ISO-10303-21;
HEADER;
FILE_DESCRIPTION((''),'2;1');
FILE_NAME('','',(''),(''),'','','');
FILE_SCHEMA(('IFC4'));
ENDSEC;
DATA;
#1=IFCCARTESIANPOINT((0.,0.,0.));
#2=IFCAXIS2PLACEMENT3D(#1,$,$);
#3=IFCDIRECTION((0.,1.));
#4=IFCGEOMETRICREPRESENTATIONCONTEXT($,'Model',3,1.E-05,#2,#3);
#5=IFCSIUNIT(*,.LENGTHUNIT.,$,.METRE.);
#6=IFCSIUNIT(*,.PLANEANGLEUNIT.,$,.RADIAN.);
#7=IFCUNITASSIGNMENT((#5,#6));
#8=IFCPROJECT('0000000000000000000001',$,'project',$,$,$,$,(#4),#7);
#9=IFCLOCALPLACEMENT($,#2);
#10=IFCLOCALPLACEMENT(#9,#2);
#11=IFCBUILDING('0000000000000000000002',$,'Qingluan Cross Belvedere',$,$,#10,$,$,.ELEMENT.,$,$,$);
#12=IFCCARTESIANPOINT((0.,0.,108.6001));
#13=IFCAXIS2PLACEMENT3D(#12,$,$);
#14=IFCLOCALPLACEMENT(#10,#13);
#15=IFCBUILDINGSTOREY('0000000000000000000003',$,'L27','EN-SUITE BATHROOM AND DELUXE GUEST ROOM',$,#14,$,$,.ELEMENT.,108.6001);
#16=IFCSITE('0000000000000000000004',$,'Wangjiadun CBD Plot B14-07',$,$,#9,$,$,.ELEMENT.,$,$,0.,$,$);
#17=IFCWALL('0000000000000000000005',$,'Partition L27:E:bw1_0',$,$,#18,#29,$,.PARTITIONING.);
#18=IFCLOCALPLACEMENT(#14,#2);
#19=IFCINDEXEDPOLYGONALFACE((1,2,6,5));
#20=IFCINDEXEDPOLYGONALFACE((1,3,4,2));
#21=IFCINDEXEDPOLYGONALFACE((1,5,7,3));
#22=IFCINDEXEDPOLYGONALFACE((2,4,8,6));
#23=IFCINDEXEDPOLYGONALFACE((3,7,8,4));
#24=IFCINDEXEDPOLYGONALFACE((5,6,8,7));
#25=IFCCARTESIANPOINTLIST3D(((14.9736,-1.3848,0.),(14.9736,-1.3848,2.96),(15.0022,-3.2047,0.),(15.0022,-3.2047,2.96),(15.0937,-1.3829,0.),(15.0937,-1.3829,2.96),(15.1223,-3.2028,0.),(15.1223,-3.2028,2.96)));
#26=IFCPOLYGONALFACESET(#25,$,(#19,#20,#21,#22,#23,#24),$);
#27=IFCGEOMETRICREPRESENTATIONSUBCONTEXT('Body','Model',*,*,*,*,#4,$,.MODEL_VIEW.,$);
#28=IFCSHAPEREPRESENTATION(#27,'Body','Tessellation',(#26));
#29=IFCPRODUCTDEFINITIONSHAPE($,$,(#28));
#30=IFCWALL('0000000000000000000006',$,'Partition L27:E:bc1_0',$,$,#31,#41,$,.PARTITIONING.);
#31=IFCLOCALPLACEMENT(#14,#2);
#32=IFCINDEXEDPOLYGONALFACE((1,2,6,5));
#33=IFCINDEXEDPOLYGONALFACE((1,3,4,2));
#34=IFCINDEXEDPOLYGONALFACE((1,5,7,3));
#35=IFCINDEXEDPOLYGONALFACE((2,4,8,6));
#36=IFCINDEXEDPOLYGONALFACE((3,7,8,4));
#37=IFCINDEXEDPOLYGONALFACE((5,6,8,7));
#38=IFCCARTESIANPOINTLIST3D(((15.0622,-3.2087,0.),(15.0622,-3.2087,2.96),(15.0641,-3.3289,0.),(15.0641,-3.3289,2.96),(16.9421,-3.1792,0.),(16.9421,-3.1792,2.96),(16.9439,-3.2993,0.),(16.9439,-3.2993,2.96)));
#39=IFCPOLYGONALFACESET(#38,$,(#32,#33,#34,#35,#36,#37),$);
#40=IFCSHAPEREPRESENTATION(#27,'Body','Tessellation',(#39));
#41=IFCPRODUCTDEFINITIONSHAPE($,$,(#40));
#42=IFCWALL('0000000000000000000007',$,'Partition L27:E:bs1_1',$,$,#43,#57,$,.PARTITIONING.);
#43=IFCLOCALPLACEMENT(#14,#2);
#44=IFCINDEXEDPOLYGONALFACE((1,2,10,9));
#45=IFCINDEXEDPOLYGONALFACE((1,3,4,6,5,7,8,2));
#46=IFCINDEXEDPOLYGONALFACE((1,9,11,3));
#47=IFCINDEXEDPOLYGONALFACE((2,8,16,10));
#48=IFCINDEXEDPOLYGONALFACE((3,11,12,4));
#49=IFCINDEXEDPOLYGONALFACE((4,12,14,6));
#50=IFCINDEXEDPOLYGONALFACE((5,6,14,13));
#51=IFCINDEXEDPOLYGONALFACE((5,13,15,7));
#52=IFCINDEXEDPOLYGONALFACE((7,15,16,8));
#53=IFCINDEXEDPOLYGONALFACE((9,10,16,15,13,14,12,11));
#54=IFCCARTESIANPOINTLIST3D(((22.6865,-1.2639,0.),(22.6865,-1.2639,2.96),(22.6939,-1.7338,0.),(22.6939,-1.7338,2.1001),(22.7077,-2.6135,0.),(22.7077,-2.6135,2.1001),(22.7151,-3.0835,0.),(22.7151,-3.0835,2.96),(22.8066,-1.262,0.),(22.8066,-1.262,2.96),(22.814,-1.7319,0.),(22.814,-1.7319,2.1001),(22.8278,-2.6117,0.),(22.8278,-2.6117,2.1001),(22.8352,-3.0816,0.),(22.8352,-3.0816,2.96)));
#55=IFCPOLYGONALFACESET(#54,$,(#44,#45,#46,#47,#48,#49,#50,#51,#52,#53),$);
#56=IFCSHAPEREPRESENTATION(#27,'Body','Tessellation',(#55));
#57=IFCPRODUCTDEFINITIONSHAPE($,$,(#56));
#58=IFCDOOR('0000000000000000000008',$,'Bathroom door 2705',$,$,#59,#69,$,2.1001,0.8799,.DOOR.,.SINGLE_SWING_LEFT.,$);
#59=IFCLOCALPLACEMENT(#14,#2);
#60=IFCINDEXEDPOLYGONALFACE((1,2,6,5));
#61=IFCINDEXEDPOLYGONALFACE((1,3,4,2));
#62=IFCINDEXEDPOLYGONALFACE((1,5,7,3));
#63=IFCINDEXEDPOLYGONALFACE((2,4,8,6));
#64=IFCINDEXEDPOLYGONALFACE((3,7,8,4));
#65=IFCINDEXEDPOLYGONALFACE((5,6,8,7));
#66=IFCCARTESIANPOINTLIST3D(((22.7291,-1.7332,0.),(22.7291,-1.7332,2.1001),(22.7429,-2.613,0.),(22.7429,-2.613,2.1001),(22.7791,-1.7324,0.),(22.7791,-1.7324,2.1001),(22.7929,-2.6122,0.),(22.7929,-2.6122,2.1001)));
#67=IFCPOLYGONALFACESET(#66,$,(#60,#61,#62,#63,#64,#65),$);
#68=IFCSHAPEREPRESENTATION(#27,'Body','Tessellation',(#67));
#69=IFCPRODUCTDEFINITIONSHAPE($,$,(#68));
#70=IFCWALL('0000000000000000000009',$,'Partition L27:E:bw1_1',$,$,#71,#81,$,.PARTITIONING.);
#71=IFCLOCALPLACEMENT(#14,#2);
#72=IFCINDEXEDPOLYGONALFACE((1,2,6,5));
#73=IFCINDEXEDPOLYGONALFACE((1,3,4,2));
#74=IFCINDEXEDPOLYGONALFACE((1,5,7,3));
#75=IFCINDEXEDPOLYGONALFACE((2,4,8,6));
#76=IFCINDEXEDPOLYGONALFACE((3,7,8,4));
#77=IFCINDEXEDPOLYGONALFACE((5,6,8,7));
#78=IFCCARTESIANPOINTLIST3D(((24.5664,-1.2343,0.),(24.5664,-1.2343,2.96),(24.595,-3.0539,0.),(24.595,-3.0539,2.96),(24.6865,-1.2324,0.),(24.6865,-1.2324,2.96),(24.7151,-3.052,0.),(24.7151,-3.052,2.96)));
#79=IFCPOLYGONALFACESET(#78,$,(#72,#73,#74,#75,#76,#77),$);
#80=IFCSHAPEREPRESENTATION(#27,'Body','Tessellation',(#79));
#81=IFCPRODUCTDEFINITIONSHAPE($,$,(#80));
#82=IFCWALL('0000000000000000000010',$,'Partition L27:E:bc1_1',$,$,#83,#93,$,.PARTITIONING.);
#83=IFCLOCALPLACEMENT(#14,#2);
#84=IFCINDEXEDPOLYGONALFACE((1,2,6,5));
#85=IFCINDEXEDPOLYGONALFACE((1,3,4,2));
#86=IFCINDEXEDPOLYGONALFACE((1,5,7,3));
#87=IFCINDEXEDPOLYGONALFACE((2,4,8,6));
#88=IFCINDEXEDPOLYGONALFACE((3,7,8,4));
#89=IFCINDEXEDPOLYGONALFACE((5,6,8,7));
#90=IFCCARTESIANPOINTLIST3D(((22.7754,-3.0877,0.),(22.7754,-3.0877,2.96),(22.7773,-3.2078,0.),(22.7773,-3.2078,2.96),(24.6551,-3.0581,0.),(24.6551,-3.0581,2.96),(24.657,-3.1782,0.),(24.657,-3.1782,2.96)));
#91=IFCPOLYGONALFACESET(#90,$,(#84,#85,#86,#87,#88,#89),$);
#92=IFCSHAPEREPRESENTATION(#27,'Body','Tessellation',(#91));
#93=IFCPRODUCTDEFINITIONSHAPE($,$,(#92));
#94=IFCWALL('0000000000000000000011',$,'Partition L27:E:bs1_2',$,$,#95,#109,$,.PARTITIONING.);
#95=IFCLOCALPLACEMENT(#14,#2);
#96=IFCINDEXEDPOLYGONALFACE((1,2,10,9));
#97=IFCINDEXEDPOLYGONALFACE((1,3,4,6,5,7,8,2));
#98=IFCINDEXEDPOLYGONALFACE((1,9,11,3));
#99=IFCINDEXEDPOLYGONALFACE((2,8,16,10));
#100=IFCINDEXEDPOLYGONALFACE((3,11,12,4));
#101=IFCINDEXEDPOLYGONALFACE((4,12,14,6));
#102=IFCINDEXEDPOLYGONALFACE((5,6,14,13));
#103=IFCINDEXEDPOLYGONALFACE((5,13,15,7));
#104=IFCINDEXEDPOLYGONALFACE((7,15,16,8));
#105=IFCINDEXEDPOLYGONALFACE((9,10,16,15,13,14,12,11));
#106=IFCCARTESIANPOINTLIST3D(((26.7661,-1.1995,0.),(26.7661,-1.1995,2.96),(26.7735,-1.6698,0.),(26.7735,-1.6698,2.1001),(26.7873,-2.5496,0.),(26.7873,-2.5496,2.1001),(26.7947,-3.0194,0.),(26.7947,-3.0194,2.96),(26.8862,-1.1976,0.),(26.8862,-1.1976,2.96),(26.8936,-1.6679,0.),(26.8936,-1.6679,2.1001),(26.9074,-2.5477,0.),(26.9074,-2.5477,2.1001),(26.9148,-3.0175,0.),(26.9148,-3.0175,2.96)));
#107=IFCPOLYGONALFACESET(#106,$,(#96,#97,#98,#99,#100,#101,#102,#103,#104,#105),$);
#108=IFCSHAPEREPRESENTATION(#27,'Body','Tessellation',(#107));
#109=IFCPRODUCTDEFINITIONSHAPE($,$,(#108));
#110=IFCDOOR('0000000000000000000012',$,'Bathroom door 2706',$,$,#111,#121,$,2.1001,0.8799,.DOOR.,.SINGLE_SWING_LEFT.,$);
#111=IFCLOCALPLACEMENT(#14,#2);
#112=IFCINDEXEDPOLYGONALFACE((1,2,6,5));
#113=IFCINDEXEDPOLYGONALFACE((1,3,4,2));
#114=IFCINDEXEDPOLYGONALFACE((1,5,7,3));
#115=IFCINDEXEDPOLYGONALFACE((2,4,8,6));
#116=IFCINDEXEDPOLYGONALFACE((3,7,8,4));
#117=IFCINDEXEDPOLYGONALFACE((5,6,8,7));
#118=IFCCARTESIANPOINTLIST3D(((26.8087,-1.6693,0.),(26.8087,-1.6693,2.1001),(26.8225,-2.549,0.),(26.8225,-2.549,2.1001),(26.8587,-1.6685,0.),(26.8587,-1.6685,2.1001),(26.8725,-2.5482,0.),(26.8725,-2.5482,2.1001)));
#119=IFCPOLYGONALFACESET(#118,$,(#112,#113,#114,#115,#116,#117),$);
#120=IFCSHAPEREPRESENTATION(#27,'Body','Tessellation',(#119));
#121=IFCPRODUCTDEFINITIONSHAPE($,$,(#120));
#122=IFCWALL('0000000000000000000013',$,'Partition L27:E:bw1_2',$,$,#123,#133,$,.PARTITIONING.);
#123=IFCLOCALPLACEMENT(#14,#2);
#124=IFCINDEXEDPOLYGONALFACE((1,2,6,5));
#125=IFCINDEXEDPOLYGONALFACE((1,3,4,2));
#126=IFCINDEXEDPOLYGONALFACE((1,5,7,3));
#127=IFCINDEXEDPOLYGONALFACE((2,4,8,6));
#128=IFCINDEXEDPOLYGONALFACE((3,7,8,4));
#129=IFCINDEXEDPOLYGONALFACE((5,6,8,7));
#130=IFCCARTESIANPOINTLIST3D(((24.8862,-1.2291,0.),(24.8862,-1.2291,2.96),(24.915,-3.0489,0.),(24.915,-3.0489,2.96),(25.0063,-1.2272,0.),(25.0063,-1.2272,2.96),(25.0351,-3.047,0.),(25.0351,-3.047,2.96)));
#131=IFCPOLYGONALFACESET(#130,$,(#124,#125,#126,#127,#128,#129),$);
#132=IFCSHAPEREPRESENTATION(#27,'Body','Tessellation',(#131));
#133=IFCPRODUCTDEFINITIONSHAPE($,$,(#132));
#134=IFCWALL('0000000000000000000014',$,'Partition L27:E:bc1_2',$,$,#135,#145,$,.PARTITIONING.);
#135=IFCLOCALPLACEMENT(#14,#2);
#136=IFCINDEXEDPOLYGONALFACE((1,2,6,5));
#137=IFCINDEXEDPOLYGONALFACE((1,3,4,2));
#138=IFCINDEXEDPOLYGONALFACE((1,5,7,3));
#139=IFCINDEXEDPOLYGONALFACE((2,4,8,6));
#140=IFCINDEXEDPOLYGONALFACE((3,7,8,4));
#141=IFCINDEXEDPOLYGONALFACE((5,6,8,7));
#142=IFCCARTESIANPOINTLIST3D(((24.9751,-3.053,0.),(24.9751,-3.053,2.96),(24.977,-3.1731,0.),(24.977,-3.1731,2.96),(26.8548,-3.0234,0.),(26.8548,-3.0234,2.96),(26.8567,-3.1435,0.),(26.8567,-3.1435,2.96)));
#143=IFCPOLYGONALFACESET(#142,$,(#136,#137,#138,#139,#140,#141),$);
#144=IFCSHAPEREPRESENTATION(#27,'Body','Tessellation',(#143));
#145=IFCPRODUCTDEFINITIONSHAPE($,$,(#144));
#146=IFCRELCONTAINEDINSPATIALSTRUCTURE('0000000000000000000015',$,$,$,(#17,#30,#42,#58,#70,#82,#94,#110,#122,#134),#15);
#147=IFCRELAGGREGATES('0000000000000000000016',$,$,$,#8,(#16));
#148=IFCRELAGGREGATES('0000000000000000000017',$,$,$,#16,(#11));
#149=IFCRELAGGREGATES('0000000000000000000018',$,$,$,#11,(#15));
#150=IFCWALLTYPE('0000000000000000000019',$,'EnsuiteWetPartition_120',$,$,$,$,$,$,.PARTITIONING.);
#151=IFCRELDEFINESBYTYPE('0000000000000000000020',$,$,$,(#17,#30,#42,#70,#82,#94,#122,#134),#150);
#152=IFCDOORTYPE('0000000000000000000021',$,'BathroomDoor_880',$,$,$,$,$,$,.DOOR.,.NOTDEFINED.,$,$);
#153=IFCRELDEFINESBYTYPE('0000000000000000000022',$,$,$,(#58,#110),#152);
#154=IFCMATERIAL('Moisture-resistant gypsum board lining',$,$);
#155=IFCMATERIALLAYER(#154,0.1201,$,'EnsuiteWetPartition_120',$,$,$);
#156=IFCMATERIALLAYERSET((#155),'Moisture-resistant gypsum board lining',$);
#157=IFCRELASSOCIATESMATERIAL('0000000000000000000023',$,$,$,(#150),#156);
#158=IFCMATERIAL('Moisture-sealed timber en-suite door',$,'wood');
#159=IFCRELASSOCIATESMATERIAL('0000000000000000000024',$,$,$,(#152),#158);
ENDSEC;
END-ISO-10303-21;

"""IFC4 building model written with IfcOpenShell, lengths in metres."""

from ifc_helpers import new_model, si_unit, direction, frame, frame_2d, origin, place, context, subcontext, project, spatial, rectangle, extrude, material, layer, layer_set, type_object, element, fill, save


model = new_model("IFC4")

# Units and contexts
model_context = context("Model", 3, precision=1e-05, world=origin(), true_north=direction((0.0, 1.0)))
body_context = subcontext(model_context, "Body", "Model", "MODEL_VIEW")
ifc_project = project(units=[si_unit("LENGTHUNIT", "METRE"), si_unit("PLANEANGLEUNIT", "RADIAN")], contexts=[model_context])

# Site, building, storey
site_placement = place(None, origin())
site = spatial("IfcSite", under=ifc_project, at=site_placement, Name="Wangjiadun CBD Plot B14-07", CompositionType="ELEMENT", RefElevation=0.0)
building_placement = place(site_placement, origin())
building = spatial("IfcBuilding", under=site, at=building_placement, Name="Qingluan Cross Belvedere", CompositionType="ELEMENT")
storey_placement = place(building_placement, frame((0.0, 0.0, 108.6001)))
storey = spatial("IfcBuildingStorey", under=building, at=storey_placement, Name="L27", Description="EN-SUITE BATHROOM AND DELUXE GUEST ROOM", CompositionType="ELEMENT", Elevation=108.6001)

# Shared definitions
ifc_material_1 = material(Name="Moisture-resistant gypsum board lining")
ifc_layer_1 = layer(ifc_material_1, 0.1201, Name="EnsuiteWetPartition_120")
ifc_layer_set_1 = layer_set([ifc_layer_1], Name="Moisture-resistant gypsum board lining")
wall_type_1 = type_object("IfcWallType", Name="EnsuiteWetPartition_120", PredefinedType="PARTITIONING", material=ifc_layer_set_1)
ifc_material_2 = material(Name="Moisture-sealed timber en-suite door", Category="wood")
door_type_1 = type_object("IfcDoorType", Name="BathroomDoor_880", OperationType="NOTDEFINED", PredefinedType="DOOR", material=ifc_material_2)

# Walls
wall_1_placement = place(storey_placement, frame((15.0623, -3.2039, 0.0), z_axis=(0.0, 0.0, 1.0), x_axis=(-0.015694, 0.999877, 0.0)))
element("IfcWall", 1, at=wall_1_placement, inside=storey, type_object=wall_type_1, Name="Partition L27:E:bw1_0", PredefinedType="PARTITIONING", context=body_context, shape_type="SweptSolid", body=[
    extrude(rectangle(XDim=1.8201, YDim=0.1201, at=frame_2d((0.9102, 0.0))), origin(), (0.0, 0.0, 1.0), 2.96),
])
wall_2_placement = place(storey_placement, frame((15.0632, -3.2688, 0.0), z_axis=(0.0, 0.0, 1.0), x_axis=(0.999877, 0.015712, 0.0)))
element("IfcWall", 2, at=wall_2_placement, inside=storey, type_object=wall_type_1, Name="Partition L27:E:bc1_0", PredefinedType="PARTITIONING", context=body_context, shape_type="SweptSolid", body=[
    extrude(rectangle(XDim=1.8801, YDim=0.1201, at=frame_2d((0.9399, 0.0))), origin(), (0.0, 0.0, 1.0), 2.96),
])

# Wall, opening, door
wall_3_placement = place(storey_placement, frame((22.7751, -3.0825, 0.0), z_axis=(0.0, 0.0, 1.0), x_axis=(-0.015696, 0.999877, 0.0)))
wall_3 = element("IfcWall", 3, at=wall_3_placement, inside=storey, type_object=wall_type_1, Name="Partition L27:E:bs1_1", PredefinedType="PARTITIONING", context=body_context, shape_type="SweptSolid", body=[
    extrude(rectangle(XDim=1.8198, YDim=0.1201, at=frame_2d((0.9099, 0.0))), origin(), (0.0, 0.0, 1.0), 2.96),
])
opening_1_placement = place(wall_3_placement, frame((0.47, 0.0, 0.0)))
opening_1 = element("IfcOpeningElement", 4, at=opening_1_placement, cuts=wall_3, PredefinedType="OPENING", context=body_context, shape_type="SweptSolid", body=[
    extrude(rectangle(XDim=0.8799, YDim=2.1001, at=frame_2d((0.4399, 1.05))), frame((0.0, 0.0701, 0.0), z_axis=(0.0, -1.0, 0.0), x_axis=(1.0, 0.0, 0.0)), (0.0, 0.0, 1.0), 0.1401),
])
door_1_placement = place(opening_1_placement, origin())
door_1 = element("IfcDoor", 5, at=door_1_placement, inside=storey, type_object=door_type_1, Name="Bathroom door 2705", OperationType="SINGLE_SWING_LEFT", OverallHeight=2.1001, OverallWidth=0.8799, PredefinedType="DOOR", context=body_context, shape_type="SweptSolid", body=[
    extrude(rectangle(XDim=0.8799, YDim=2.1001, at=frame_2d((0.4399, 1.05))), frame((0.0, 0.0249, 0.0), z_axis=(0.0, -1.0, 0.0), x_axis=(1.0, 0.0, 0.0)), (0.0, 0.0, 1.0), 0.05),
])
fill(opening_1, door_1)

# Walls
wall_4_placement = place(storey_placement, frame((24.655, -3.053, 0.0), z_axis=(0.0, 0.0, 1.0), x_axis=(-0.015696, 0.999877, 0.0)))
element("IfcWall", 6, at=wall_4_placement, inside=storey, type_object=wall_type_1, Name="Partition L27:E:bw1_1", PredefinedType="PARTITIONING", context=body_context, shape_type="SweptSolid", body=[
    extrude(rectangle(XDim=1.8198, YDim=0.1201, at=frame_2d((0.9099, 0.0))), origin(), (0.0, 0.0, 1.0), 2.96),
])
wall_5_placement = place(storey_placement, frame((22.7764, -3.1477, 0.0), z_axis=(0.0, 0.0, 1.0), x_axis=(0.999877, 0.015714, 0.0)))
element("IfcWall", 7, at=wall_5_placement, inside=storey, type_object=wall_type_1, Name="Partition L27:E:bc1_1", PredefinedType="PARTITIONING", context=body_context, shape_type="SweptSolid", body=[
    extrude(rectangle(XDim=1.8799, YDim=0.1201, at=frame_2d((0.9399, 0.0))), origin(), (0.0, 0.0, 1.0), 2.96),
])

# Wall, opening, door
wall_6_placement = place(storey_placement, frame((26.8547, -3.0186, 0.0), z_axis=(0.0, 0.0, 1.0), x_axis=(-0.015694, 0.999877, 0.0)))
wall_6 = element("IfcWall", 8, at=wall_6_placement, inside=storey, type_object=wall_type_1, Name="Partition L27:E:bs1_2", PredefinedType="PARTITIONING", context=body_context, shape_type="SweptSolid", body=[
    extrude(rectangle(XDim=1.8201, YDim=0.1201, at=frame_2d((0.9102, 0.0))), origin(), (0.0, 0.0, 1.0), 2.96),
])
opening_2_placement = place(wall_6_placement, frame((0.47, 0.0, 0.0)))
opening_2 = element("IfcOpeningElement", 9, at=opening_2_placement, cuts=wall_6, PredefinedType="OPENING", context=body_context, shape_type="SweptSolid", body=[
    extrude(rectangle(XDim=0.8799, YDim=2.1001, at=frame_2d((0.4399, 1.05))), frame((0.0, 0.0701, 0.0), z_axis=(0.0, -1.0, 0.0), x_axis=(1.0, 0.0, 0.0)), (0.0, 0.0, 1.0), 0.1401),
])
door_2_placement = place(opening_2_placement, origin())
door_2 = element("IfcDoor", 10, at=door_2_placement, inside=storey, type_object=door_type_1, Name="Bathroom door 2706", OperationType="SINGLE_SWING_LEFT", OverallHeight=2.1001, OverallWidth=0.8799, PredefinedType="DOOR", context=body_context, shape_type="SweptSolid", body=[
    extrude(rectangle(XDim=0.8799, YDim=2.1001, at=frame_2d((0.4399, 1.05))), frame((0.0, 0.0249, 0.0), z_axis=(0.0, -1.0, 0.0), x_axis=(1.0, 0.0, 0.0)), (0.0, 0.0, 1.0), 0.05),
])
fill(opening_2, door_2)

# Walls
wall_7_placement = place(storey_placement, frame((24.9751, -3.0481, 0.0), z_axis=(0.0, 0.0, 1.0), x_axis=(-0.015828, 0.999875, 0.0)))
element("IfcWall", 11, at=wall_7_placement, inside=storey, type_object=wall_type_1, Name="Partition L27:E:bw1_2", PredefinedType="PARTITIONING", context=body_context, shape_type="SweptSolid", body=[
    extrude(rectangle(XDim=1.8201, YDim=0.1201, at=frame_2d((0.9102, 0.0))), origin(), (0.0, 0.0, 1.0), 2.96),
])
wall_8_placement = place(storey_placement, frame((24.9761, -3.113, 0.0), z_axis=(0.0, 0.0, 1.0), x_axis=(0.999877, 0.015714, 0.0)))
element("IfcWall", 12, at=wall_8_placement, inside=storey, type_object=wall_type_1, Name="Partition L27:E:bc1_2", PredefinedType="PARTITIONING", context=body_context, shape_type="SweptSolid", body=[
    extrude(rectangle(XDim=1.8799, YDim=0.1201, at=frame_2d((0.9399, 0.0))), origin(), (0.0, 0.0, 1.0), 2.96),
])

save(model, "model.ifc")
